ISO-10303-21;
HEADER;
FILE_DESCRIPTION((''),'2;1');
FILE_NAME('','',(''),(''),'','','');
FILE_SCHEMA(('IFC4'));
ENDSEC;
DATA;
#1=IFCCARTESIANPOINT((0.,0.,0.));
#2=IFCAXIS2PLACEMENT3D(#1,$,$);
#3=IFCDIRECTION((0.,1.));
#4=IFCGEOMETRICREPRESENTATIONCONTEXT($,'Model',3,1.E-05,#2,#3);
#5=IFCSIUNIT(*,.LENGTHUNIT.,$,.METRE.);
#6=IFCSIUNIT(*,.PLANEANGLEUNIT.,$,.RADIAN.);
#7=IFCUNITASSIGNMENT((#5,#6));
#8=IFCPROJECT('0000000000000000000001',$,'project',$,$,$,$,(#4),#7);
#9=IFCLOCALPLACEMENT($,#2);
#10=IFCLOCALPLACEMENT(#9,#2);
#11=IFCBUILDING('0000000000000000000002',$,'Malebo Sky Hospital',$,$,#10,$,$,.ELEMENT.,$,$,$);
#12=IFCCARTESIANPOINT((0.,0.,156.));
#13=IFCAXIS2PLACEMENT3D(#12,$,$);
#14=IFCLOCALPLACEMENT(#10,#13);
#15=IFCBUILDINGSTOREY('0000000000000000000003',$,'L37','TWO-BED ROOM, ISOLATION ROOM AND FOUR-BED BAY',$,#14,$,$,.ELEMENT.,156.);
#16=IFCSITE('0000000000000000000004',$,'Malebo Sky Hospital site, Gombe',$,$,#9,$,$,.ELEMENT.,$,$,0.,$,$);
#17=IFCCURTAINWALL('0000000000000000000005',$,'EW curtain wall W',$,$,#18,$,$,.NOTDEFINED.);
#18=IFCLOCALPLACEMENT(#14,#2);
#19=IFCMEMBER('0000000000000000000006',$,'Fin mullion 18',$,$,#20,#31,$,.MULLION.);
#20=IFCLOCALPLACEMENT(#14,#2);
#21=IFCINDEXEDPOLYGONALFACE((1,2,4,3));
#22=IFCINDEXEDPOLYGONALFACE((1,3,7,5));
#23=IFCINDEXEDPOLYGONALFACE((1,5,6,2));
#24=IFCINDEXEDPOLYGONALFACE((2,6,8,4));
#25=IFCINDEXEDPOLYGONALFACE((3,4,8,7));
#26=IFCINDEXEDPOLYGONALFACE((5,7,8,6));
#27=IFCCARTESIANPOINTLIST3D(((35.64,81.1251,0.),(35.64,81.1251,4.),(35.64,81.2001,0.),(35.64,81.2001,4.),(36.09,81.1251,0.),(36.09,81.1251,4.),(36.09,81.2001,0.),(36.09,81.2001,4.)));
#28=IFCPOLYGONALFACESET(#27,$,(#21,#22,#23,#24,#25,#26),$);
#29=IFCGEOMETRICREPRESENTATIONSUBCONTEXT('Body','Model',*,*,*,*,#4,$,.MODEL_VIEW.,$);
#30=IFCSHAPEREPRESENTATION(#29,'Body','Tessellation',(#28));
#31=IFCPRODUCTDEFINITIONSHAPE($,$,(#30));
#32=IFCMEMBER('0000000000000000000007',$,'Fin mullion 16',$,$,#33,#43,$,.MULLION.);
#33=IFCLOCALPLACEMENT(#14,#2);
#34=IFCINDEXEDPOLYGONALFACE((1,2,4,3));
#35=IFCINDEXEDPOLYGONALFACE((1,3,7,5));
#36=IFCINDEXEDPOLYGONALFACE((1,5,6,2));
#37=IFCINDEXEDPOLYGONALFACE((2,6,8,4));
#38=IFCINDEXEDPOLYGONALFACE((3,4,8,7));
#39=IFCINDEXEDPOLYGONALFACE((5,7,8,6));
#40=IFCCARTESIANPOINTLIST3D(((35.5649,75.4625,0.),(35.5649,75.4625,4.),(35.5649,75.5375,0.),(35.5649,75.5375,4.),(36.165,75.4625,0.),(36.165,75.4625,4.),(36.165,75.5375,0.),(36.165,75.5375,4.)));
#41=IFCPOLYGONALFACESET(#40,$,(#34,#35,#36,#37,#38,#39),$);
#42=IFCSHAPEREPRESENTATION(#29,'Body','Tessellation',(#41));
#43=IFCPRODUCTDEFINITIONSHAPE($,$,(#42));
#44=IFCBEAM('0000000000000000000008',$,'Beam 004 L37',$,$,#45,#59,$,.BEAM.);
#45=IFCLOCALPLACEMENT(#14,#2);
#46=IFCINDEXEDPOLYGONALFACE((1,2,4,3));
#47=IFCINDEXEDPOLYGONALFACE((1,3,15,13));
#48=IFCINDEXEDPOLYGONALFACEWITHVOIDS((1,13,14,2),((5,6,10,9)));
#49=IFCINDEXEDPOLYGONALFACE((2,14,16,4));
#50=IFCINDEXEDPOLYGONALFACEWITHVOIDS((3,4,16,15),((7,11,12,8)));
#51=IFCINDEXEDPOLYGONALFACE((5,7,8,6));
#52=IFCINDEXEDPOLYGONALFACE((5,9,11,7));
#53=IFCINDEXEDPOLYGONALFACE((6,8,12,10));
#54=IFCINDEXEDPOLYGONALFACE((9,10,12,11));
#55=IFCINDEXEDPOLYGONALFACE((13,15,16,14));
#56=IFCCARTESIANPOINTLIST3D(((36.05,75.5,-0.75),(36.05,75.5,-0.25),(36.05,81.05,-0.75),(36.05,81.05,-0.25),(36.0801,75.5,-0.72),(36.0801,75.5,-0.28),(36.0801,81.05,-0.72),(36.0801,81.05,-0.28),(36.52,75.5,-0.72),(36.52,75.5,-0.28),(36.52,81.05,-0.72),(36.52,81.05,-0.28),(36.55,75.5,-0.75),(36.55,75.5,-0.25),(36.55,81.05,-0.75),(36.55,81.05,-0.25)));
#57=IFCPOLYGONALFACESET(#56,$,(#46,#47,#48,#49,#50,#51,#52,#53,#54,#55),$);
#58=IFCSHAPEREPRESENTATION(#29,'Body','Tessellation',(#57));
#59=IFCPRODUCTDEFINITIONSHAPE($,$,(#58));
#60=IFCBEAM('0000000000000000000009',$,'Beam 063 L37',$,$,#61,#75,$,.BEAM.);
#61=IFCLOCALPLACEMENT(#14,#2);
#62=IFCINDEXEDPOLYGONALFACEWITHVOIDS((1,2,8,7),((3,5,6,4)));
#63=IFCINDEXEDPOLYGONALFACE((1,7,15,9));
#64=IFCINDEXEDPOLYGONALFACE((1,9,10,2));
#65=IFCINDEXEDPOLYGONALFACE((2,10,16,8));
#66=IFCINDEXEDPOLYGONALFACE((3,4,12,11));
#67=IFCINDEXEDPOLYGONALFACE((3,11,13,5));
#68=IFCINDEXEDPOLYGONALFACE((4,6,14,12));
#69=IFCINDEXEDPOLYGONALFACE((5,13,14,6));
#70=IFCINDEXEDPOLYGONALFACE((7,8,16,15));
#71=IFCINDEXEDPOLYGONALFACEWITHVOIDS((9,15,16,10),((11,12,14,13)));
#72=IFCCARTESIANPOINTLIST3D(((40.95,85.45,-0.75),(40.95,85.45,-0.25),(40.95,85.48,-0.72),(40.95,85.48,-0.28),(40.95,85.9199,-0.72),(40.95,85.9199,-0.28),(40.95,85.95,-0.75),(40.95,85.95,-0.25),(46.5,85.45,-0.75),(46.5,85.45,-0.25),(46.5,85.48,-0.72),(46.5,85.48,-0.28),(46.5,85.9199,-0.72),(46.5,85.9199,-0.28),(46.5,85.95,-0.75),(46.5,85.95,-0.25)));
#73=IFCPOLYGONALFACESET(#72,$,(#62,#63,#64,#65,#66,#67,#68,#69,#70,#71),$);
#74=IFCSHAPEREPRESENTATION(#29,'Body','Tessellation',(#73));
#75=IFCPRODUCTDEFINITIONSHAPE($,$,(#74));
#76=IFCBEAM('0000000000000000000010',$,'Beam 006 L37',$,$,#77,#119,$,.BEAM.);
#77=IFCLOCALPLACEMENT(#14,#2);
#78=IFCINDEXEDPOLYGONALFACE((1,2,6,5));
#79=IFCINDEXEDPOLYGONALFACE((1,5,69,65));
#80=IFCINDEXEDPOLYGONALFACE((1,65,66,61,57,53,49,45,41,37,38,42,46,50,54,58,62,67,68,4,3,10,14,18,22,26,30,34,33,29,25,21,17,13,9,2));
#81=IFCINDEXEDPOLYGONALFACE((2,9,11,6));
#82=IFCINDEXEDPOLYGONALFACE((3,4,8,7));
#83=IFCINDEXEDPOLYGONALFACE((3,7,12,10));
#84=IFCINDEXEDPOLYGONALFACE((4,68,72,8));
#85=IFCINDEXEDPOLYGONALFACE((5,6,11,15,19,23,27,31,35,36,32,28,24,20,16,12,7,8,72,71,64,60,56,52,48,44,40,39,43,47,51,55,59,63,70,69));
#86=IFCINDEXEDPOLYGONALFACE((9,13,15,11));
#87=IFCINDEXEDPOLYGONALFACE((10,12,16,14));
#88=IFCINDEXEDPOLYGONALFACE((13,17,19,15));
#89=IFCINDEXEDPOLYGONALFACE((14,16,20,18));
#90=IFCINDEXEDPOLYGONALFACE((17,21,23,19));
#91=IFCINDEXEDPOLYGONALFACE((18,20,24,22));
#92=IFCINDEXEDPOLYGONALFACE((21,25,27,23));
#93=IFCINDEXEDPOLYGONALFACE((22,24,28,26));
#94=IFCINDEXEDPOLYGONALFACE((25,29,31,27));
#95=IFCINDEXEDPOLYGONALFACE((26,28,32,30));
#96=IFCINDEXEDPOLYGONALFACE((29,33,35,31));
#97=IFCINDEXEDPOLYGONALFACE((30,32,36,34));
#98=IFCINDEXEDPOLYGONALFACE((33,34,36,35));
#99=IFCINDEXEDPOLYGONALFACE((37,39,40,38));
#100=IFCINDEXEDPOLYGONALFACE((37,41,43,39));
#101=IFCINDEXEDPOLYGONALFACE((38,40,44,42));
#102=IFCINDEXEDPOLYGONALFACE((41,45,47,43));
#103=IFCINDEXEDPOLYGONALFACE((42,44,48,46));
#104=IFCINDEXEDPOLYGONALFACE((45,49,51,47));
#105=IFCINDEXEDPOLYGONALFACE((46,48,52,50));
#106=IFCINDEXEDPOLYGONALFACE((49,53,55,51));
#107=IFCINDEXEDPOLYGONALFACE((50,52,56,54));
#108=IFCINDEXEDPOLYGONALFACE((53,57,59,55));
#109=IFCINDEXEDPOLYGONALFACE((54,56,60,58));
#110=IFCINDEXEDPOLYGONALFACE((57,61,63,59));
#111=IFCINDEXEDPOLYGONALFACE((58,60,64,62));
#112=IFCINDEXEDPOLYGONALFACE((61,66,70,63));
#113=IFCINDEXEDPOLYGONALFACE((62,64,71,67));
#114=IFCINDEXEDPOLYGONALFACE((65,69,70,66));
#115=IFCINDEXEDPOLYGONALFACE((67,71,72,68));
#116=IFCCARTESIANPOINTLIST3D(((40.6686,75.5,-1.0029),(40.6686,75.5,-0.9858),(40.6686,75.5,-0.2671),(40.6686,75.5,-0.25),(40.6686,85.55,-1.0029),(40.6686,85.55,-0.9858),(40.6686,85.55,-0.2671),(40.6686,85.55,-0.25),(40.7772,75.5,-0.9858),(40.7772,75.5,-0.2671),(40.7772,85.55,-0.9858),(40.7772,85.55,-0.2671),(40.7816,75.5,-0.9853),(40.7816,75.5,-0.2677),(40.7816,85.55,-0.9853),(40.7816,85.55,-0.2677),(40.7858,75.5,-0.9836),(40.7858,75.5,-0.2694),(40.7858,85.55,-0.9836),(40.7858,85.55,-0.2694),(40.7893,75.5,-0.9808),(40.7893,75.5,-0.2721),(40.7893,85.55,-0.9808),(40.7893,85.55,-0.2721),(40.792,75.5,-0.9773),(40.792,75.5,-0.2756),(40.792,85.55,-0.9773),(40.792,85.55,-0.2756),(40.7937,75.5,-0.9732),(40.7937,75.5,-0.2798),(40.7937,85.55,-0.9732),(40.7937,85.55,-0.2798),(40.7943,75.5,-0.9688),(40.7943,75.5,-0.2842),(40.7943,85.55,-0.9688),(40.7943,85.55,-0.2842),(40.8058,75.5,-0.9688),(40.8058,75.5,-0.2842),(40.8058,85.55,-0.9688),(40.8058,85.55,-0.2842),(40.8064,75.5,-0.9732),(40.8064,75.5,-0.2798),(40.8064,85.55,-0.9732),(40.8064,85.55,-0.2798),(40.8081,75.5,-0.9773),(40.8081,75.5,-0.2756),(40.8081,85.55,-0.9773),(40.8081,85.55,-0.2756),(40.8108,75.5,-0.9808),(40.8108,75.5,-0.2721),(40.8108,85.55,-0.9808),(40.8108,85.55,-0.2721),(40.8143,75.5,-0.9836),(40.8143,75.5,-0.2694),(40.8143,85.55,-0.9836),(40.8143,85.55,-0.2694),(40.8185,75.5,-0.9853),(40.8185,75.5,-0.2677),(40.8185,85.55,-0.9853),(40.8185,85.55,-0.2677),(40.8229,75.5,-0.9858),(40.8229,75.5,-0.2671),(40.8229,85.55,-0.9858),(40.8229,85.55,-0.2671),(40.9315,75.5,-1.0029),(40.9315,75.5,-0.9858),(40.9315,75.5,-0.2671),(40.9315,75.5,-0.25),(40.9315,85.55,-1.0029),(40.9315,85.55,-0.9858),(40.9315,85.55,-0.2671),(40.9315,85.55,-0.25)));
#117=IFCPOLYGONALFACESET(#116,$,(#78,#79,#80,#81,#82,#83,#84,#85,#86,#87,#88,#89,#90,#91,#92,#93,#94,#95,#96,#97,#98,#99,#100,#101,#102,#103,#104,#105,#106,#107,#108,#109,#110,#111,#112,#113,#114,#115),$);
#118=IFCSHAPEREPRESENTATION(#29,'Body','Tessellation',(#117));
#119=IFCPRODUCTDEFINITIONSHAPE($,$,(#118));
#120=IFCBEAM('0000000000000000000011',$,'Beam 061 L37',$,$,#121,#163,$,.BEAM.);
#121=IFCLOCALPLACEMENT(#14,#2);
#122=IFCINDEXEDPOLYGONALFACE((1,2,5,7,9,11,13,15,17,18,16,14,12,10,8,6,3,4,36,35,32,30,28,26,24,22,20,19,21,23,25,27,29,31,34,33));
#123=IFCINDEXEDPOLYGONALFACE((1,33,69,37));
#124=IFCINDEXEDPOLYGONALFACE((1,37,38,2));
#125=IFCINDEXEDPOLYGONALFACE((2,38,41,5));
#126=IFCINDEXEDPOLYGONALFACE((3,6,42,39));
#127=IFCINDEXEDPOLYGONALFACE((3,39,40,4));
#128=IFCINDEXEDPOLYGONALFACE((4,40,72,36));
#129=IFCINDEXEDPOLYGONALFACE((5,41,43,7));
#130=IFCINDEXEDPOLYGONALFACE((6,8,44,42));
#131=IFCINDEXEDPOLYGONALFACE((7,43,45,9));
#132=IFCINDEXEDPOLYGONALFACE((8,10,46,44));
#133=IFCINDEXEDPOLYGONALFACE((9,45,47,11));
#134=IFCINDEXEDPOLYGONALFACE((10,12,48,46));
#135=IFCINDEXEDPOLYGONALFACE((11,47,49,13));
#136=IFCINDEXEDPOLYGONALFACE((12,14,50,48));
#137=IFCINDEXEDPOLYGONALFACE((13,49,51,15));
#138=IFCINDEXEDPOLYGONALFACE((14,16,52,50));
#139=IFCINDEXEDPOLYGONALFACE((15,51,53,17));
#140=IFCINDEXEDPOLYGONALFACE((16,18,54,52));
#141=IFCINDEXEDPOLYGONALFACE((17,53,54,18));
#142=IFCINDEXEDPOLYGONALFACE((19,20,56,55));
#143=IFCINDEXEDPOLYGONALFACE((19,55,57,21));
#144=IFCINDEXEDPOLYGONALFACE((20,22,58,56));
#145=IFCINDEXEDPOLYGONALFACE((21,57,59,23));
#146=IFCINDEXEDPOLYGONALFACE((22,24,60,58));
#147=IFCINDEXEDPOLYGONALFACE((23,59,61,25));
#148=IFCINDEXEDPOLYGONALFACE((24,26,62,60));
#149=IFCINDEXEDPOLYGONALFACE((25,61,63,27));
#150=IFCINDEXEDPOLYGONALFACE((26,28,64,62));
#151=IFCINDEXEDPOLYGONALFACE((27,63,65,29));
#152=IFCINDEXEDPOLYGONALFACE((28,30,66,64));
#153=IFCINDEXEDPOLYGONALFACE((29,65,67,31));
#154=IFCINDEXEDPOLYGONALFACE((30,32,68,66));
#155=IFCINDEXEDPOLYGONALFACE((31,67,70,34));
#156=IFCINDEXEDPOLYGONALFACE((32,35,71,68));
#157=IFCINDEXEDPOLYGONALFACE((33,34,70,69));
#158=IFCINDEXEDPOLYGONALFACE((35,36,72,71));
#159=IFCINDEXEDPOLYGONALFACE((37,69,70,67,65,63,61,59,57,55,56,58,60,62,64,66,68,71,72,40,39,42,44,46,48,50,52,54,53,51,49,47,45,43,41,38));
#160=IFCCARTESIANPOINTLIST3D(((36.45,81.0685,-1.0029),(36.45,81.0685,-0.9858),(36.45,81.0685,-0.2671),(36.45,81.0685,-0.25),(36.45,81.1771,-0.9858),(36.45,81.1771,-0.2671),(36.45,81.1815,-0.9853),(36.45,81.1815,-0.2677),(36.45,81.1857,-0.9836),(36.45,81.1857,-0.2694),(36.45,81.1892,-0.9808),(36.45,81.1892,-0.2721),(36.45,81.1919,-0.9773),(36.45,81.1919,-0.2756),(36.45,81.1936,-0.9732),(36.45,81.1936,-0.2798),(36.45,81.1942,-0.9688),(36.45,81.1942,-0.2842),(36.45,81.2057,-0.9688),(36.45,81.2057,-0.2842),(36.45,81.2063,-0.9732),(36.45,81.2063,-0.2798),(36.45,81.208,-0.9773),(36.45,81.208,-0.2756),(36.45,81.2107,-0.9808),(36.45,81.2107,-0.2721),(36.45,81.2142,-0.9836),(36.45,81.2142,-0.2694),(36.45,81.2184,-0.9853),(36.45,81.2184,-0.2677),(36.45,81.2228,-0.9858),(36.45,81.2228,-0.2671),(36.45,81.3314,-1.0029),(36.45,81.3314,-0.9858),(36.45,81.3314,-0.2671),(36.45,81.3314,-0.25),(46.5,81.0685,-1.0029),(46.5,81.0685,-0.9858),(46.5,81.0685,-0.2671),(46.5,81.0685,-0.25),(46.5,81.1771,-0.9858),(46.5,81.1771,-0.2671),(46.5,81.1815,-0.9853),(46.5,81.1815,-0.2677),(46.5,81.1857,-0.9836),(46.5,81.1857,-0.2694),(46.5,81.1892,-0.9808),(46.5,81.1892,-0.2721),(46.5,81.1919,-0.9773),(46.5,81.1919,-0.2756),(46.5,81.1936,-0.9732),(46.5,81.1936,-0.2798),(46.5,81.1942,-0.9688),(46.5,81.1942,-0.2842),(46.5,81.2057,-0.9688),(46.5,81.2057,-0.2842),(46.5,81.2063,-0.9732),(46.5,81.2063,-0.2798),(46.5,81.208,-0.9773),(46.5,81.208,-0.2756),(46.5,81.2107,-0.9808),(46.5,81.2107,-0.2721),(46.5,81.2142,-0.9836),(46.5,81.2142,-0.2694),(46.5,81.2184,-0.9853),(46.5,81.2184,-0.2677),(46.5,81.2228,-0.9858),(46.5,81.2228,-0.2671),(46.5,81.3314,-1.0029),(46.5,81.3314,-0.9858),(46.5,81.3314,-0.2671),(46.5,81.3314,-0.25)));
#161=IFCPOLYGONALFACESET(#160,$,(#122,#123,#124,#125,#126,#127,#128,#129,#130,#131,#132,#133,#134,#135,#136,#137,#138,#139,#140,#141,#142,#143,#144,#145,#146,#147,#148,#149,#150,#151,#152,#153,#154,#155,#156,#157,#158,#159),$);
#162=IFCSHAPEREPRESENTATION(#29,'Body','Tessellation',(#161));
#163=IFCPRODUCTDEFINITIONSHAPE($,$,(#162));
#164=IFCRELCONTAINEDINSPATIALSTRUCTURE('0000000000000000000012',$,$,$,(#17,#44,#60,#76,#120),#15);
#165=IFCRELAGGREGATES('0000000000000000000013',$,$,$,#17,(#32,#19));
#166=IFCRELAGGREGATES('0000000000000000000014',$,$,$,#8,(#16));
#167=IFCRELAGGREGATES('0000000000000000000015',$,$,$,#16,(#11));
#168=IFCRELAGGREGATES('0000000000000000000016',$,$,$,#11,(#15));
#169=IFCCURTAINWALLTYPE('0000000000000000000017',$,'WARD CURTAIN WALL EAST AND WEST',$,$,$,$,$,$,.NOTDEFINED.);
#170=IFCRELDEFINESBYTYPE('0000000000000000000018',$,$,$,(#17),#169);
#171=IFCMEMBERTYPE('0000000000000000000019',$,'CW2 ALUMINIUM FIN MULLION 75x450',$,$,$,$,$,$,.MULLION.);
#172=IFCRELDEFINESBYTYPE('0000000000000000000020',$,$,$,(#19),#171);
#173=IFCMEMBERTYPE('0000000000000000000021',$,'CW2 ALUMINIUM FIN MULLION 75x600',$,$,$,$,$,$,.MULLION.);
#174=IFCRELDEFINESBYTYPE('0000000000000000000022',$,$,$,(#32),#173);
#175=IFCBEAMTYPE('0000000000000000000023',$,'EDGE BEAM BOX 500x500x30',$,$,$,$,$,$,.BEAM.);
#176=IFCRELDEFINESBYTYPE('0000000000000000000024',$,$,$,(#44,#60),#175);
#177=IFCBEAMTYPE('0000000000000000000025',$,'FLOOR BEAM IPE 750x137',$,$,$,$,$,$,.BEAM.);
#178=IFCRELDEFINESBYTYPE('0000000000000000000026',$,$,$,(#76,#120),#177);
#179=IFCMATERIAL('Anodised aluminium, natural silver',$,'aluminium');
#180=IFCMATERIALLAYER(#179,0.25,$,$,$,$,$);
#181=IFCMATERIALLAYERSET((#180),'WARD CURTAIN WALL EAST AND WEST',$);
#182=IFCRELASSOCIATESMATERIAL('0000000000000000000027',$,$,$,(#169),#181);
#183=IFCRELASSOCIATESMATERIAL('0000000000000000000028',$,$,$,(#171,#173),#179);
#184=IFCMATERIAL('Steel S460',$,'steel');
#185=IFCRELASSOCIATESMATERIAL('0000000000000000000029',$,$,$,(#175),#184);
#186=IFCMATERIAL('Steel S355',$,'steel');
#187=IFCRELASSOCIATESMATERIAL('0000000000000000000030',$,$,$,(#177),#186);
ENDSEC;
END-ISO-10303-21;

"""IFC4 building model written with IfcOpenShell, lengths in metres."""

from ifc_helpers import new_model, si_unit, direction, frame, origin, origin_2d, place, context, subcontext, project, spatial, rectangle, hollow_rectangle, i_section, extrude, material, layer, layer_set, material_profile, profile_set, type_object, element, aggregate, save


model = new_model("IFC4")

# Units and contexts
model_context = context("Model", 3, precision=1e-05, world=origin(), true_north=direction((0.0, 1.0)))
body_context = subcontext(model_context, "Body", "Model", "MODEL_VIEW")
ifc_project = project(units=[si_unit("LENGTHUNIT", "METRE"), si_unit("PLANEANGLEUNIT", "RADIAN")], contexts=[model_context])

# Site, building, storey
site_placement = place(None, origin())
site = spatial("IfcSite", under=ifc_project, at=site_placement, Name="Malebo Sky Hospital site, Gombe", CompositionType="ELEMENT", RefElevation=0.0)
building_placement = place(site_placement, origin())
building = spatial("IfcBuilding", under=site, at=building_placement, Name="Malebo Sky Hospital", CompositionType="ELEMENT")
storey_placement = place(building_placement, frame((0.0, 0.0, 156.0)))
storey = spatial("IfcBuildingStorey", under=building, at=storey_placement, Name="L37", Description="TWO-BED ROOM, ISOLATION ROOM AND FOUR-BED BAY", CompositionType="ELEMENT", Elevation=156.0)

# Shared definitions
ifc_material_1 = material(Name="Steel S460", Category="steel")

# Curtain wall
ifc_material_2 = material(Name="Anodised aluminium, natural silver", Category="aluminium")
ifc_layer_1 = layer(ifc_material_2, 0.25)
ifc_layer_set_1 = layer_set([ifc_layer_1], Name="WARD CURTAIN WALL EAST AND WEST")
curtain_wall_type_1 = type_object("IfcCurtainWallType", Name="WARD CURTAIN WALL EAST AND WEST", PredefinedType="NOTDEFINED", material=ifc_layer_set_1)
curtain_wall_1_placement = place(storey_placement, origin())
curtain_wall_1 = element("IfcCurtainWall", 1, at=curtain_wall_1_placement, inside=storey, type_object=curtain_wall_type_1, Name="EW curtain wall W", PredefinedType="NOTDEFINED")

# Members
ifc_material_profile_1 = material_profile(ifc_material_2, rectangle(XDim=0.075, YDim=0.45, at=origin_2d()), Name="CW2 ALUMINIUM FIN MULLION 75x450")
ifc_profile_set_1 = profile_set([ifc_material_profile_1], Name="Anodised aluminium, natural silver")
member_type_1 = type_object("IfcMemberType", Name="CW2 ALUMINIUM FIN MULLION 75x450", PredefinedType="MULLION", material=ifc_profile_set_1)
member_1_placement = place(storey_placement, frame((35.865, 81.1626, 0.0), z_axis=(0.0, 0.0, 1.0), x_axis=(0.0, 1.0, 0.0)))
member_1 = element("IfcMember", 2, at=member_1_placement, type_object=member_type_1, Name="Fin mullion 18", PredefinedType="MULLION", context=body_context, shape_type="SweptSolid", body=[
    extrude(rectangle(XDim=0.075, YDim=0.45, at=origin_2d()), origin(), (0.0, 0.0, 1.0), 4.0),
])
ifc_material_profile_2 = material_profile(ifc_material_2, rectangle(XDim=0.075, YDim=0.6001, at=origin_2d()), Name="CW2 ALUMINIUM FIN MULLION 75x600")
ifc_profile_set_2 = profile_set([ifc_material_profile_2], Name="Anodised aluminium, natural silver")
member_type_2 = type_object("IfcMemberType", Name="CW2 ALUMINIUM FIN MULLION 75x600", PredefinedType="MULLION", material=ifc_profile_set_2)
member_2_placement = place(storey_placement, frame((35.865, 75.5, 0.0), z_axis=(0.0, 0.0, 1.0), x_axis=(0.0, 1.0, 0.0)))
member_2 = element("IfcMember", 3, at=member_2_placement, type_object=member_type_2, Name="Fin mullion 16", PredefinedType="MULLION", context=body_context, shape_type="SweptSolid", body=[
    extrude(rectangle(XDim=0.075, YDim=0.6001, at=origin_2d()), origin(), (0.0, 0.0, 1.0), 4.0),
])

# Beams
ifc_material_profile_3 = material_profile(ifc_material_1, hollow_rectangle(XDim=0.5, YDim=0.5, WallThickness=0.03, at=origin_2d()), Name="BOX 500x500x30")
ifc_profile_set_3 = profile_set([ifc_material_profile_3], Name="Steel S460")
beam_type_1 = type_object("IfcBeamType", Name="EDGE BEAM BOX 500x500x30", PredefinedType="BEAM", material=ifc_profile_set_3)
for number, where, z_axis, x_axis, name in (
    (4, (36.3, 75.5, -0.5), (0.0, 1.0, 0.0), (-1.0, 0.0, 0.0), "Beam 004 L37"),
    (5, (40.95, 85.7, -0.5), (1.0, 0.0, 0.0), (0.0, 1.0, 0.0), "Beam 063 L37"),
):
    element("IfcBeam", number, at=place(storey_placement, frame(where, z_axis=z_axis, x_axis=x_axis)), inside=storey, type_object=beam_type_1, Name=name, PredefinedType="BEAM", context=body_context, shape_type="SweptSolid", body=[
        extrude(hollow_rectangle(XDim=0.5, YDim=0.5, WallThickness=0.03, at=origin_2d()), origin(), (0.0, 0.0, 1.0), 5.55),
    ])
ifc_material_3 = material(Name="Steel S355", Category="steel")
ifc_material_profile_4 = material_profile(ifc_material_3, i_section(OverallWidth=0.2629, OverallDepth=0.7529, WebThickness=0.0115, FlangeThickness=0.0171, FilletRadius=0.0171, at=origin_2d()), Name="IPE 750x137")
ifc_profile_set_4 = profile_set([ifc_material_profile_4], Name="Steel S355")
beam_type_2 = type_object("IfcBeamType", Name="FLOOR BEAM IPE 750x137", PredefinedType="BEAM", material=ifc_profile_set_4)
for number, where, z_axis, x_axis, name in (
    (6, (40.8, 75.5, -0.6265), (0.0, 1.0, 0.0), (-1.0, 0.0, 0.0), "Beam 006 L37"),
    (7, (36.45, 81.2, -0.6265), (1.0, 0.0, 0.0), (0.0, 1.0, 0.0), "Beam 061 L37"),
):
    element("IfcBeam", number, at=place(storey_placement, frame(where, z_axis=z_axis, x_axis=x_axis)), inside=storey, type_object=beam_type_2, Name=name, PredefinedType="BEAM", context=body_context, shape_type="SweptSolid", body=[
        extrude(i_section(OverallWidth=0.2629, OverallDepth=0.7529, WebThickness=0.0115, FlangeThickness=0.0171, FilletRadius=0.0171, at=origin_2d()), origin(), (0.0, 0.0, 1.0), 10.05),
    ])

aggregate(curtain_wall_1, [member_2, member_1])

save(model, "model.ifc")
